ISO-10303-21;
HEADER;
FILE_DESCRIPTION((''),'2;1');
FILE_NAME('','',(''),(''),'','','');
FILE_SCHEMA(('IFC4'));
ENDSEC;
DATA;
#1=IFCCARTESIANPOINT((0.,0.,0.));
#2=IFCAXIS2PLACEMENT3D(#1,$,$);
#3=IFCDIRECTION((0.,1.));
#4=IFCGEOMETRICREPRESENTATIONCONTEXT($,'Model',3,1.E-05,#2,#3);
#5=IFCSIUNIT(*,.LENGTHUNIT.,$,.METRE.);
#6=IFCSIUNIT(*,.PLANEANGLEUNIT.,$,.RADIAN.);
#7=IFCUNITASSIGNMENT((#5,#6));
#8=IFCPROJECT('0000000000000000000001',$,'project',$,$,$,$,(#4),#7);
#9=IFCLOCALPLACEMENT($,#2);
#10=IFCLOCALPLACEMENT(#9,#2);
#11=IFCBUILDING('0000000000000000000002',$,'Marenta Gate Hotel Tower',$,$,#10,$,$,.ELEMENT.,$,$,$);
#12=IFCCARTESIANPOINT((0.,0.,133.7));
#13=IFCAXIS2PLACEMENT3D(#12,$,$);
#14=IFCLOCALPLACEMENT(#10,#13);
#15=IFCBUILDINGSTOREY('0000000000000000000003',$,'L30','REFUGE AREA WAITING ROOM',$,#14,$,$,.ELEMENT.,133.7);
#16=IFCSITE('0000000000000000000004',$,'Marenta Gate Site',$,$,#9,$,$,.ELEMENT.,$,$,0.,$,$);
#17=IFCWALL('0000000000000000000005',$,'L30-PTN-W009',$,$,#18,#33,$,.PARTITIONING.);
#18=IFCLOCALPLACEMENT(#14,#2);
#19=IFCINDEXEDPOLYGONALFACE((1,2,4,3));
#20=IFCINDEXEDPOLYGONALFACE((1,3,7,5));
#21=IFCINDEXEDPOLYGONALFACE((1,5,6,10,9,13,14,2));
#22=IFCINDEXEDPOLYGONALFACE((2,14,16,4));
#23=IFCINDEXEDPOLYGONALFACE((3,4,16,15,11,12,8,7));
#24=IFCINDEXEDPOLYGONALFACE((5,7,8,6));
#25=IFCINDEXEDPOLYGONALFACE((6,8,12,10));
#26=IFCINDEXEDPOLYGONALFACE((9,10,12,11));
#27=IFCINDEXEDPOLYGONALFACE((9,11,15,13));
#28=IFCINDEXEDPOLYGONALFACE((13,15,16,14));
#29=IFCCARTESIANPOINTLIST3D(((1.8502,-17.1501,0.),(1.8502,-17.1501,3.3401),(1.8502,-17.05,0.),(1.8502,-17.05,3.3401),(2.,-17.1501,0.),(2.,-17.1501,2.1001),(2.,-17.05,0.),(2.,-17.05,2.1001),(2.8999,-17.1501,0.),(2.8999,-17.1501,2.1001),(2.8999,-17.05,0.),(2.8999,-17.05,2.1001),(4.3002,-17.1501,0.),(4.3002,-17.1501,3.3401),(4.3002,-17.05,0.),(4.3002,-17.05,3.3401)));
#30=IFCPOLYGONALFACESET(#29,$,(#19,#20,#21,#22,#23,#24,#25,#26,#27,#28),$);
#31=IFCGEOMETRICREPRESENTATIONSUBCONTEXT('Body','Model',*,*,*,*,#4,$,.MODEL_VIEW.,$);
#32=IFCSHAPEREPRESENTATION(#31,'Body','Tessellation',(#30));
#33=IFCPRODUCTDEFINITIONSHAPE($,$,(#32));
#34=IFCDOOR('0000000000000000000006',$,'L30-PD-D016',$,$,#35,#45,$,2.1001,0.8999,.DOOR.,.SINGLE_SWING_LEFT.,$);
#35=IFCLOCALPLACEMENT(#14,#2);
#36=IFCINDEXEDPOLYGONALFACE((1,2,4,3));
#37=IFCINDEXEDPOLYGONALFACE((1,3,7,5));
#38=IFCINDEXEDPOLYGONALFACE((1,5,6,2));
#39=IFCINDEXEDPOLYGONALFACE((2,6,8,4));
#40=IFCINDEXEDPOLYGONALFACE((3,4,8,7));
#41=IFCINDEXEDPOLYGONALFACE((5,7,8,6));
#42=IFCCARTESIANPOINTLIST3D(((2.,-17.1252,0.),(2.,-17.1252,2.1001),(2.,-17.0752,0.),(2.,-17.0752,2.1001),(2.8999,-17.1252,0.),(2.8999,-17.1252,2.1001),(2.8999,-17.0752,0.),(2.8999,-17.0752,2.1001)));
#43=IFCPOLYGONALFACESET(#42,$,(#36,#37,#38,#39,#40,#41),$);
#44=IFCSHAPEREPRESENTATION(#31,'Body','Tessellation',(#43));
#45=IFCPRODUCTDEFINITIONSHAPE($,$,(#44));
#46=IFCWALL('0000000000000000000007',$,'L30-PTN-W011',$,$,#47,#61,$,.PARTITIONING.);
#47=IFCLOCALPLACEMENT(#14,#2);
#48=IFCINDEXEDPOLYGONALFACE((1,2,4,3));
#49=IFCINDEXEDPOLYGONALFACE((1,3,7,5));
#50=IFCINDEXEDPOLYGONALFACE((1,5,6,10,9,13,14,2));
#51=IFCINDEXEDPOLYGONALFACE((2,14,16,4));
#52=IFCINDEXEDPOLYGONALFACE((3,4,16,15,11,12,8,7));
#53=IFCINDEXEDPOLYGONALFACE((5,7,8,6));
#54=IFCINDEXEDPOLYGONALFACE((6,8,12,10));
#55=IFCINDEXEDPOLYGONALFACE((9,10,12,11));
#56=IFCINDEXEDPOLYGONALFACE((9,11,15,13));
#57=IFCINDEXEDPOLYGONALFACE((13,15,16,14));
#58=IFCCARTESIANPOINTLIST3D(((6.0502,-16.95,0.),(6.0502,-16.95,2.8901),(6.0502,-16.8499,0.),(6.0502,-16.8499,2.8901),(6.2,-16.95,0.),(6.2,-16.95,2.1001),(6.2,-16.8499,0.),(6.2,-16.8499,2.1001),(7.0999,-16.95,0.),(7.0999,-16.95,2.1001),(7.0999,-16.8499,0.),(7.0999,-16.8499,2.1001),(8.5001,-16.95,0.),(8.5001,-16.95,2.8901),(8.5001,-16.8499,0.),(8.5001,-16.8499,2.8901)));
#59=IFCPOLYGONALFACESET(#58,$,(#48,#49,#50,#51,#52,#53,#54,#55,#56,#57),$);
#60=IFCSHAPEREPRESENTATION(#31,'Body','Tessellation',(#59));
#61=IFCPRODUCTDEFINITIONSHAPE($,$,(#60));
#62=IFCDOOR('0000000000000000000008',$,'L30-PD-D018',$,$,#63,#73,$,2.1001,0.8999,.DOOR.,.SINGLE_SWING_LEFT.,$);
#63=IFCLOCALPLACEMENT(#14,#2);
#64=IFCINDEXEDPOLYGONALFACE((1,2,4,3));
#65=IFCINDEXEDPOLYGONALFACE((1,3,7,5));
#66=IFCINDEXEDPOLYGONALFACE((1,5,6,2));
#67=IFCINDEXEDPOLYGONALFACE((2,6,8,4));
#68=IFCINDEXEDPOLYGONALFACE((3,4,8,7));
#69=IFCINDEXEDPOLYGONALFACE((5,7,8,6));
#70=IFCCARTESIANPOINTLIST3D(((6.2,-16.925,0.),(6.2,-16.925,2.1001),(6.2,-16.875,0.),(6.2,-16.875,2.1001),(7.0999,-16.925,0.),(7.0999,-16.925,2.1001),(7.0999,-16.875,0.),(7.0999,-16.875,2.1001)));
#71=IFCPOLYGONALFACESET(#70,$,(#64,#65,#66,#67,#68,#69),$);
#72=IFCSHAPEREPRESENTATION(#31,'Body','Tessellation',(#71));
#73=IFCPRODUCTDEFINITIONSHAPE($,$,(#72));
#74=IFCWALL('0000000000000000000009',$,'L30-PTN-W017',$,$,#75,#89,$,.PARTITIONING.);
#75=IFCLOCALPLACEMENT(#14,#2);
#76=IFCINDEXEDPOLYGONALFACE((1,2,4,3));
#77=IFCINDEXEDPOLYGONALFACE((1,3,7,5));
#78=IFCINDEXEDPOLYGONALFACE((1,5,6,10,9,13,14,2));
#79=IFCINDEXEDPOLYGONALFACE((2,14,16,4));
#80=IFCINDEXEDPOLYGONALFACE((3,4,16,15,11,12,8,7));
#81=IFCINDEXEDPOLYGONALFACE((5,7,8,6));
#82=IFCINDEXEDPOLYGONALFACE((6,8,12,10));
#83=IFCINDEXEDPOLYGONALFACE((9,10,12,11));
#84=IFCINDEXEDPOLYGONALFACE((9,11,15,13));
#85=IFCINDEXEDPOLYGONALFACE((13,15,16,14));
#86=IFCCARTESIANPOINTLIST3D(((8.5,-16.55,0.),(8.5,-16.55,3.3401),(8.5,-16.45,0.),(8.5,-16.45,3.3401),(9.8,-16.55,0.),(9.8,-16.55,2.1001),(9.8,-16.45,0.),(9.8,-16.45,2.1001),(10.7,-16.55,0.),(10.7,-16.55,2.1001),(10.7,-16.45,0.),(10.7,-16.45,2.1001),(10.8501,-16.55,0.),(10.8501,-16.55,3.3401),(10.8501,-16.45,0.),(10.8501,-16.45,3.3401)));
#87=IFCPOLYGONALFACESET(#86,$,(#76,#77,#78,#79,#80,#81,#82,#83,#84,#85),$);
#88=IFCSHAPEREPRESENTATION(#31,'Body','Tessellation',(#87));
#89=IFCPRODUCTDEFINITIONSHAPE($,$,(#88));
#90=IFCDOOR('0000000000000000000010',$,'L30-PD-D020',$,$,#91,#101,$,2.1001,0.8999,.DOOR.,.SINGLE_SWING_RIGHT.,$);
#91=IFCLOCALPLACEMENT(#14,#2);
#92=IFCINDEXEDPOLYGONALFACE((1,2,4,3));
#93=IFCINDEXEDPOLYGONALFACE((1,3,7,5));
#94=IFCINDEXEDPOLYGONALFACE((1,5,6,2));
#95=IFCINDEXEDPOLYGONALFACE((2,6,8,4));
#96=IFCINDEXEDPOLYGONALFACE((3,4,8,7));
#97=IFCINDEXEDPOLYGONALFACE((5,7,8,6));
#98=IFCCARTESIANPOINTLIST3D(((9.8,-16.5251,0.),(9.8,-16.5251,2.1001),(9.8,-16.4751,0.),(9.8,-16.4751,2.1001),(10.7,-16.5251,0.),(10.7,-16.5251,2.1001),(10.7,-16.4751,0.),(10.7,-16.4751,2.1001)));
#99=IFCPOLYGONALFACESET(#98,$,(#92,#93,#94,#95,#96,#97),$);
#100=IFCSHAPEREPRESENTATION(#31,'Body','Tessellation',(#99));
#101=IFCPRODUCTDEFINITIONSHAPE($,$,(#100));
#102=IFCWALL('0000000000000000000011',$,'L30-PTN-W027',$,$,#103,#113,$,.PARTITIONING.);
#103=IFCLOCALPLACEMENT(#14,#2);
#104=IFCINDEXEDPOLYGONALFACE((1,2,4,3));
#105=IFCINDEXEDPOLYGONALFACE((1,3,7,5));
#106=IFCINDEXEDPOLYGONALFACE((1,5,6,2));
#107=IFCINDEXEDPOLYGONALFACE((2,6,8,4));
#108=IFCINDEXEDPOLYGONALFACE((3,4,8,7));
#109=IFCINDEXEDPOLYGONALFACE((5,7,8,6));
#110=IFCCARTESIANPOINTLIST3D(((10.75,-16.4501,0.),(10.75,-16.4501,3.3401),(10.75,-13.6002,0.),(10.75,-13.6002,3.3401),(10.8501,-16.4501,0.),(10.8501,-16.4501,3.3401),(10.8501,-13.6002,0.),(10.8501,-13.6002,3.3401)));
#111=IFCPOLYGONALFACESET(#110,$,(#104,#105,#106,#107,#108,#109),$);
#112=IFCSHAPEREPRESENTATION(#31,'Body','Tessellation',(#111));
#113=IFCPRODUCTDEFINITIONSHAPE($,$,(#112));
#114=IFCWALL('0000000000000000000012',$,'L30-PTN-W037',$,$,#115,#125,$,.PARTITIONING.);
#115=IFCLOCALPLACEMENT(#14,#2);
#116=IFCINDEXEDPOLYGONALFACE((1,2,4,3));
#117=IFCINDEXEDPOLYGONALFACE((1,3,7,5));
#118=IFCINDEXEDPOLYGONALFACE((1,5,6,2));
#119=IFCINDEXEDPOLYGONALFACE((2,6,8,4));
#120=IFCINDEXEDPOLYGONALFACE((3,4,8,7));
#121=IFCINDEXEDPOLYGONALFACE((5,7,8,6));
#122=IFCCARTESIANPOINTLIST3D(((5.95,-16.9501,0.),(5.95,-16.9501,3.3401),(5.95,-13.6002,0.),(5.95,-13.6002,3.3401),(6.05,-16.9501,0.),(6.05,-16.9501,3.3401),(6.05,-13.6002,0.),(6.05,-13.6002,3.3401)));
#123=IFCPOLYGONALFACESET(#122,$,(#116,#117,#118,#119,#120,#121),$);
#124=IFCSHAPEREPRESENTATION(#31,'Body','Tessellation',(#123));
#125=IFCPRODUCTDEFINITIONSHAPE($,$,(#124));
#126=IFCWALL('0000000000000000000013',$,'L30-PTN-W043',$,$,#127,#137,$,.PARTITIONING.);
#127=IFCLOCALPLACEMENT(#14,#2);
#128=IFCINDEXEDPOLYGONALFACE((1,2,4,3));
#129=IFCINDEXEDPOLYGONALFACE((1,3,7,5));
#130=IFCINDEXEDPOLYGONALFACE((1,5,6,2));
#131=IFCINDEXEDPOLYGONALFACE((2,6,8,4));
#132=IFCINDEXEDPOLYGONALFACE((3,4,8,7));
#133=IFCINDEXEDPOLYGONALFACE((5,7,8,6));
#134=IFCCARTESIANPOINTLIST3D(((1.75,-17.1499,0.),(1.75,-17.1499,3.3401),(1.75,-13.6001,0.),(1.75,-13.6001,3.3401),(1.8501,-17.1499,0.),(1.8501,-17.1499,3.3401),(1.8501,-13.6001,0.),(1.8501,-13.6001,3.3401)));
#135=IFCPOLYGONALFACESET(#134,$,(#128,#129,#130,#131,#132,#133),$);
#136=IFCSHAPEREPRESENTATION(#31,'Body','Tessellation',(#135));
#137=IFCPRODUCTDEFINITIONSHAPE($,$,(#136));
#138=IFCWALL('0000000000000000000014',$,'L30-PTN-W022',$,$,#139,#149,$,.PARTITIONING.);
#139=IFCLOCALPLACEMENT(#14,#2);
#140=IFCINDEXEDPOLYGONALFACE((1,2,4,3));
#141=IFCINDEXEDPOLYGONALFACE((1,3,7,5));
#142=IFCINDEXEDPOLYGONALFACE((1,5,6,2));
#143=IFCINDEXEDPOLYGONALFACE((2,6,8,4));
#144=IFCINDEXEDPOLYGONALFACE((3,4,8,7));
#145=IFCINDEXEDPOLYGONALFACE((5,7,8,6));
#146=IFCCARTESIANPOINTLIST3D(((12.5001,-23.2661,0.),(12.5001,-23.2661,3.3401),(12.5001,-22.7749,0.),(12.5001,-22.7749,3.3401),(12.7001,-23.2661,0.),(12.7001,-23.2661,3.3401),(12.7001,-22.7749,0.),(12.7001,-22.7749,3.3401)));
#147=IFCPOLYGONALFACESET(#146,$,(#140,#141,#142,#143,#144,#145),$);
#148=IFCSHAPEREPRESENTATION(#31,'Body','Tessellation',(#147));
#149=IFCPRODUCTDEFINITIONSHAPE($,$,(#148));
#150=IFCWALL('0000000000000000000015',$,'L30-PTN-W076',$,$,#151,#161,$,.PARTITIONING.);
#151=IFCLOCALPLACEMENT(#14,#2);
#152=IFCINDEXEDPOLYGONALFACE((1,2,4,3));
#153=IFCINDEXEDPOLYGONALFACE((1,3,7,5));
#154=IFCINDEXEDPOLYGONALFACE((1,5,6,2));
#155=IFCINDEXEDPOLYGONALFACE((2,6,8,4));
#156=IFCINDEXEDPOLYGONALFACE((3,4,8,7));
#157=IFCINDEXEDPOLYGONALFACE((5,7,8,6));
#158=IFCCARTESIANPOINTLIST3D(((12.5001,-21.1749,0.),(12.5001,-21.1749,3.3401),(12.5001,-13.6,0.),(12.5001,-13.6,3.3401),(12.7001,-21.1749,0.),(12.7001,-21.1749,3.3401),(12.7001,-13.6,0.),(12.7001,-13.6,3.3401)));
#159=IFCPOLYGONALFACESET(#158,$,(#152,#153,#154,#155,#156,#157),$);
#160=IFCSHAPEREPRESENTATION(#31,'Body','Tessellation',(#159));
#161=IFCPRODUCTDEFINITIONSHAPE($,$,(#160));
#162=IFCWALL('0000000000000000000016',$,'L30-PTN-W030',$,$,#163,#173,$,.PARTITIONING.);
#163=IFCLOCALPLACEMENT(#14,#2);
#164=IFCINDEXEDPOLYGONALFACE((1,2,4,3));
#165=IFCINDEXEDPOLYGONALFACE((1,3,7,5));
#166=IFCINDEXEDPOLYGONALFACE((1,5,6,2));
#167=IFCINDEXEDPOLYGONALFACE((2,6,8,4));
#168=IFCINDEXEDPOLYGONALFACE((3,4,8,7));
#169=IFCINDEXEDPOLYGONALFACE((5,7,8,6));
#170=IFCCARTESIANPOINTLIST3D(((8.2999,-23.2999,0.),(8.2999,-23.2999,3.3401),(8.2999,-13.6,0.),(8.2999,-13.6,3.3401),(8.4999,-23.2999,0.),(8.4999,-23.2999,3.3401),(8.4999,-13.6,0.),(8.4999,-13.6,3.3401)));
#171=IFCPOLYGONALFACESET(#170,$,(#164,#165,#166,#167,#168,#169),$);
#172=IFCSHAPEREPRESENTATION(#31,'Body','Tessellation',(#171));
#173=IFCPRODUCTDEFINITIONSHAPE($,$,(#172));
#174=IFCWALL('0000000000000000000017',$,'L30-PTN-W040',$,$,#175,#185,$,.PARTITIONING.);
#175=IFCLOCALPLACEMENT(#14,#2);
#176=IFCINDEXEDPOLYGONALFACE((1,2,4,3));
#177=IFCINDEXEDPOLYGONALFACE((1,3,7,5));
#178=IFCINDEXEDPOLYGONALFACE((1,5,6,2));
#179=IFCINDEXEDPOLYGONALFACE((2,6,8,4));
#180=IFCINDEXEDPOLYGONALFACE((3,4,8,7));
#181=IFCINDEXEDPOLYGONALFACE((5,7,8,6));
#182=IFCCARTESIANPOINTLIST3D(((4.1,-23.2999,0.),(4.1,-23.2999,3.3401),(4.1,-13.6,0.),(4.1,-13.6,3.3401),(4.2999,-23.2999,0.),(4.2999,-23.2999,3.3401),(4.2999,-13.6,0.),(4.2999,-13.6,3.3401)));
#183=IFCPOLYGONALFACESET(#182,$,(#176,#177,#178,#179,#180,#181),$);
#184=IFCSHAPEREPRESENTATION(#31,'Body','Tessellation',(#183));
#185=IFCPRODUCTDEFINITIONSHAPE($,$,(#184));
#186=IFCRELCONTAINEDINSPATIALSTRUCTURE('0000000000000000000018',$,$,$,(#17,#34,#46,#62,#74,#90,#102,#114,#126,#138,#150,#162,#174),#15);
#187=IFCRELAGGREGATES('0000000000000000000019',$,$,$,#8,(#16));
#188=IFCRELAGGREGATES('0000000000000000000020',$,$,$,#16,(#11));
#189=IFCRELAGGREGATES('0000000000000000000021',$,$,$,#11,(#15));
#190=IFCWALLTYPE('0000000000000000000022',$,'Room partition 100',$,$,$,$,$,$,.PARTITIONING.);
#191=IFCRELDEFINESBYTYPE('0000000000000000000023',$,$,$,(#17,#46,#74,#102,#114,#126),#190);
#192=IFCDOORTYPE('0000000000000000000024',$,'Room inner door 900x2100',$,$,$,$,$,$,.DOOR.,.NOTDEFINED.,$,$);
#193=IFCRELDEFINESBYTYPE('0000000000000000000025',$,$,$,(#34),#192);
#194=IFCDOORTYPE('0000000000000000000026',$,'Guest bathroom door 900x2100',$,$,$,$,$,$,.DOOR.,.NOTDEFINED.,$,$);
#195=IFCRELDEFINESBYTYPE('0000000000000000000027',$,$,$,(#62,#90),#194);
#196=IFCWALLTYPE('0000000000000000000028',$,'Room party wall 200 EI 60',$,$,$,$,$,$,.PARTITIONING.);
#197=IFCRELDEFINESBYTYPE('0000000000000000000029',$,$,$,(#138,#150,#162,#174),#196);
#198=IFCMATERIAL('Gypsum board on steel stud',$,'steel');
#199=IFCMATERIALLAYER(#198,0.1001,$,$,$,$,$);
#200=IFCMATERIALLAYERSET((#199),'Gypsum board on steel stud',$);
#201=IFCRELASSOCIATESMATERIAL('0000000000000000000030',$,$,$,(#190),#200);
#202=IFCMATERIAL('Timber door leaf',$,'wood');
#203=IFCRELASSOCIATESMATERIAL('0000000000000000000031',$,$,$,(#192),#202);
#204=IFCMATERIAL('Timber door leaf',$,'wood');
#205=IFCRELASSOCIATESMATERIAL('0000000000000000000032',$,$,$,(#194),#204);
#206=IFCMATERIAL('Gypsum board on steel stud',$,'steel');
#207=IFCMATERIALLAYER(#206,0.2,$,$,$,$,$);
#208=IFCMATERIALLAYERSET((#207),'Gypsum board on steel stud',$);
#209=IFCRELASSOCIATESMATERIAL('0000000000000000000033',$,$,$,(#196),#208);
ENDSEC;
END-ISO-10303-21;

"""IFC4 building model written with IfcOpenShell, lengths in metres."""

from ifc_helpers import new_model, si_unit, direction, frame, frame_2d, origin, place, context, subcontext, project, spatial, rectangle, extrude, material, layer, layer_set, type_object, element, fill, save


model = new_model("IFC4")

# Units and contexts
model_context = context("Model", 3, precision=1e-05, world=origin(), true_north=direction((0.0, 1.0)))
body_context = subcontext(model_context, "Body", "Model", "MODEL_VIEW")
ifc_project = project(units=[si_unit("LENGTHUNIT", "METRE"), si_unit("PLANEANGLEUNIT", "RADIAN")], contexts=[model_context])

# Site, building, storey
site_placement = place(None, origin())
site = spatial("IfcSite", under=ifc_project, at=site_placement, Name="Marenta Gate Site", CompositionType="ELEMENT", RefElevation=0.0)
building_placement = place(site_placement, origin())
building = spatial("IfcBuilding", under=site, at=building_placement, Name="Marenta Gate Hotel Tower", CompositionType="ELEMENT")
storey_placement = place(building_placement, frame((0.0, 0.0, 133.7)))
storey = spatial("IfcBuildingStorey", under=building, at=storey_placement, Name="L30", Description="REFUGE AREA WAITING ROOM", CompositionType="ELEMENT", Elevation=133.7)

# Walls, openings, doors
ifc_material_1 = material(Name="Gypsum board on steel stud", Category="steel")
ifc_layer_1 = layer(ifc_material_1, 0.1001)
ifc_layer_set_1 = layer_set([ifc_layer_1], Name="Gypsum board on steel stud")
wall_type_1 = type_object("IfcWallType", Name="Room partition 100", PredefinedType="PARTITIONING", material=ifc_layer_set_1)
wall_1_placement = place(storey_placement, frame((1.8501, -17.1001, 0.0), z_axis=(0.0, 0.0, 1.0), x_axis=(1.0, 0.0, 0.0)))
wall_1 = element("IfcWall", 1, at=wall_1_placement, inside=storey, type_object=wall_type_1, Name="L30-PTN-W009", PredefinedType="PARTITIONING", context=body_context, shape_type="SweptSolid", body=[
    extrude(rectangle(XDim=2.45, YDim=0.1001, at=frame_2d((1.2251, 0.0))), origin(), (0.0, 0.0, 1.0), 3.3401),
])
opening_1_placement = place(wall_1_placement, frame((0.1499, 0.0, 0.0)))
opening_1 = element("IfcOpeningElement", 2, at=opening_1_placement, cuts=wall_1, PredefinedType="OPENING", context=body_context, shape_type="SweptSolid", body=[
    extrude(rectangle(XDim=0.8999, YDim=2.1001, at=frame_2d((0.45, 1.05))), frame((0.0, 0.05, 0.0), z_axis=(0.0, -1.0, 0.0), x_axis=(1.0, 0.0, 0.0)), (0.0, 0.0, 1.0), 0.1001),
])
ifc_material_2 = material(Name="Timber door leaf", Category="wood")
door_type_1 = type_object("IfcDoorType", Name="Room inner door 900x2100", OperationType="NOTDEFINED", PredefinedType="DOOR", material=ifc_material_2)
door_1_placement = place(opening_1_placement, origin())
door_1 = element("IfcDoor", 3, at=door_1_placement, inside=storey, type_object=door_type_1, Name="L30-PD-D016", OperationType="SINGLE_SWING_LEFT", OverallHeight=2.1001, OverallWidth=0.8999, PredefinedType="DOOR", context=body_context, shape_type="SweptSolid", body=[
    extrude(rectangle(XDim=0.8999, YDim=2.1001, at=frame_2d((0.45, 1.05))), frame((0.0, 0.0249, 0.0), z_axis=(0.0, -1.0, 0.0), x_axis=(1.0, 0.0, 0.0)), (0.0, 0.0, 1.0), 0.05),
])
fill(opening_1, door_1)
wall_2_placement = place(storey_placement, frame((6.05, -16.8999, 0.0), z_axis=(0.0, 0.0, 1.0), x_axis=(1.0, 0.0, 0.0)))
wall_2 = element("IfcWall", 4, at=wall_2_placement, inside=storey, type_object=wall_type_1, Name="L30-PTN-W011", PredefinedType="PARTITIONING", context=body_context, shape_type="SweptSolid", body=[
    extrude(rectangle(XDim=2.45, YDim=0.1001, at=frame_2d((1.2251, 0.0))), origin(), (0.0, 0.0, 1.0), 2.8901),
])
opening_2_placement = place(wall_2_placement, frame((0.1499, 0.0, 0.0)))
opening_2 = element("IfcOpeningElement", 5, at=opening_2_placement, cuts=wall_2, PredefinedType="OPENING", context=body_context, shape_type="SweptSolid", body=[
    extrude(rectangle(XDim=0.8999, YDim=2.1001, at=frame_2d((0.45, 1.05))), frame((0.0, 0.05, 0.0), z_axis=(0.0, -1.0, 0.0), x_axis=(1.0, 0.0, 0.0)), (0.0, 0.0, 1.0), 0.1001),
])
ifc_material_3 = material(Name="Timber door leaf", Category="wood")
door_type_2 = type_object("IfcDoorType", Name="Guest bathroom door 900x2100", OperationType="NOTDEFINED", PredefinedType="DOOR", material=ifc_material_3)
door_2_placement = place(opening_2_placement, origin())
door_2 = element("IfcDoor", 6, at=door_2_placement, inside=storey, type_object=door_type_2, Name="L30-PD-D018", OperationType="SINGLE_SWING_LEFT", OverallHeight=2.1001, OverallWidth=0.8999, PredefinedType="DOOR", context=body_context, shape_type="SweptSolid", body=[
    extrude(rectangle(XDim=0.8999, YDim=2.1001, at=frame_2d((0.45, 1.05))), frame((0.0, 0.0249, 0.0), z_axis=(0.0, -1.0, 0.0), x_axis=(1.0, 0.0, 0.0)), (0.0, 0.0, 1.0), 0.05),
])
fill(opening_2, door_2)
wall_3_placement = place(storey_placement, frame((8.5, -16.5, 0.0), z_axis=(0.0, 0.0, 1.0), x_axis=(1.0, 0.0, 0.0)))
wall_3 = element("IfcWall", 7, at=wall_3_placement, inside=storey, type_object=wall_type_1, Name="L30-PTN-W017", PredefinedType="PARTITIONING", context=body_context, shape_type="SweptSolid", body=[
    extrude(rectangle(XDim=2.3501, YDim=0.1001, at=frame_2d((1.175, 0.0))), origin(), (0.0, 0.0, 1.0), 3.3401),
])
opening_3_placement = place(wall_3_placement, frame((1.3, 0.0, 0.0)))
opening_3 = element("IfcOpeningElement", 8, at=opening_3_placement, cuts=wall_3, PredefinedType="OPENING", context=body_context, shape_type="SweptSolid", body=[
    extrude(rectangle(XDim=0.8999, YDim=2.1001, at=frame_2d((0.45, 1.05))), frame((0.0, 0.05, 0.0), z_axis=(0.0, -1.0, 0.0), x_axis=(1.0, 0.0, 0.0)), (0.0, 0.0, 1.0), 0.1001),
])
door_3_placement = place(opening_3_placement, origin())
door_3 = element("IfcDoor", 9, at=door_3_placement, inside=storey, type_object=door_type_2, Name="L30-PD-D020", OperationType="SINGLE_SWING_RIGHT", OverallHeight=2.1001, OverallWidth=0.8999, PredefinedType="DOOR", context=body_context, shape_type="SweptSolid", body=[
    extrude(rectangle(XDim=0.8999, YDim=2.1001, at=frame_2d((0.45, 1.05))), frame((0.0, 0.0249, 0.0), z_axis=(0.0, -1.0, 0.0), x_axis=(1.0, 0.0, 0.0)), (0.0, 0.0, 1.0), 0.05),
])
fill(opening_3, door_3)

# Walls
wall_4_placement = place(storey_placement, frame((10.8, -16.45, 0.0), z_axis=(0.0, 0.0, 1.0), x_axis=(0.0, 1.0, 0.0)))
element("IfcWall", 10, at=wall_4_placement, inside=storey, type_object=wall_type_1, Name="L30-PTN-W027", PredefinedType="PARTITIONING", context=body_context, shape_type="SweptSolid", body=[
    extrude(rectangle(XDim=2.8499, YDim=0.1001, at=frame_2d((1.4248, 0.0))), origin(), (0.0, 0.0, 1.0), 3.3401),
])
wall_5_placement = place(storey_placement, frame((6.0, -16.95, 0.0), z_axis=(0.0, 0.0, 1.0), x_axis=(0.0, 1.0, 0.0)))
element("IfcWall", 11, at=wall_5_placement, inside=storey, type_object=wall_type_1, Name="L30-PTN-W037", PredefinedType="PARTITIONING", context=body_context, shape_type="SweptSolid", body=[
    extrude(rectangle(XDim=3.3499, YDim=0.1001, at=frame_2d((1.6748, 0.0))), origin(), (0.0, 0.0, 1.0), 3.3401),
])
wall_6_placement = place(storey_placement, frame((1.8, -17.1499, 0.0), z_axis=(0.0, 0.0, 1.0), x_axis=(0.0, 1.0, 0.0)))
element("IfcWall", 12, at=wall_6_placement, inside=storey, type_object=wall_type_1, Name="L30-PTN-W043", PredefinedType="PARTITIONING", context=body_context, shape_type="SweptSolid", body=[
    extrude(rectangle(XDim=3.5498, YDim=0.1001, at=frame_2d((1.7749, 0.0))), origin(), (0.0, 0.0, 1.0), 3.3401),
])
ifc_material_4 = material(Name="Gypsum board on steel stud", Category="steel")
ifc_layer_2 = layer(ifc_material_4, 0.2)
ifc_layer_set_2 = layer_set([ifc_layer_2], Name="Gypsum board on steel stud")
wall_type_2 = type_object("IfcWallType", Name="Room party wall 200 EI 60", PredefinedType="PARTITIONING", material=ifc_layer_set_2)
wall_7_placement = place(storey_placement, frame((12.6001, -23.2661, 0.0), z_axis=(0.0, 0.0, 1.0), x_axis=(0.0, 1.0, 0.0)))
element("IfcWall", 13, at=wall_7_placement, inside=storey, type_object=wall_type_2, Name="L30-PTN-W022", PredefinedType="PARTITIONING", context=body_context, shape_type="SweptSolid", body=[
    extrude(rectangle(XDim=0.4912, YDim=0.2, at=frame_2d((0.2456, 0.0))), origin(), (0.0, 0.0, 1.0), 3.3401),
])
wall_8_placement = place(storey_placement, frame((12.6001, -21.175, 0.0), z_axis=(0.0, 0.0, 1.0), x_axis=(0.0, 1.0, 0.0)))
element("IfcWall", 14, at=wall_8_placement, inside=storey, type_object=wall_type_2, Name="L30-PTN-W076", PredefinedType="PARTITIONING", context=body_context, shape_type="SweptSolid", body=[
    extrude(rectangle(XDim=7.575, YDim=0.2, at=frame_2d((3.7876, 0.0))), origin(), (0.0, 0.0, 1.0), 3.3401),
])
for number, where, z_axis, x_axis, name in (
    (15, (8.3999, -23.3, 0.0), (0.0, 0.0, 1.0), (0.0, 1.0, 0.0), "L30-PTN-W030"),
    (16, (4.2, -23.3, 0.0), (0.0, 0.0, 1.0), (0.0, 1.0, 0.0), "L30-PTN-W040"),
):
    element("IfcWall", number, at=place(storey_placement, frame(where, z_axis=z_axis, x_axis=x_axis)), inside=storey, type_object=wall_type_2, Name=name, PredefinedType="PARTITIONING", context=body_context, shape_type="SweptSolid", body=[
        extrude(rectangle(XDim=9.7, YDim=0.2, at=frame_2d((4.8501, 0.0))), origin(), (0.0, 0.0, 1.0), 3.3401),
    ])

save(model, "model.ifc")
